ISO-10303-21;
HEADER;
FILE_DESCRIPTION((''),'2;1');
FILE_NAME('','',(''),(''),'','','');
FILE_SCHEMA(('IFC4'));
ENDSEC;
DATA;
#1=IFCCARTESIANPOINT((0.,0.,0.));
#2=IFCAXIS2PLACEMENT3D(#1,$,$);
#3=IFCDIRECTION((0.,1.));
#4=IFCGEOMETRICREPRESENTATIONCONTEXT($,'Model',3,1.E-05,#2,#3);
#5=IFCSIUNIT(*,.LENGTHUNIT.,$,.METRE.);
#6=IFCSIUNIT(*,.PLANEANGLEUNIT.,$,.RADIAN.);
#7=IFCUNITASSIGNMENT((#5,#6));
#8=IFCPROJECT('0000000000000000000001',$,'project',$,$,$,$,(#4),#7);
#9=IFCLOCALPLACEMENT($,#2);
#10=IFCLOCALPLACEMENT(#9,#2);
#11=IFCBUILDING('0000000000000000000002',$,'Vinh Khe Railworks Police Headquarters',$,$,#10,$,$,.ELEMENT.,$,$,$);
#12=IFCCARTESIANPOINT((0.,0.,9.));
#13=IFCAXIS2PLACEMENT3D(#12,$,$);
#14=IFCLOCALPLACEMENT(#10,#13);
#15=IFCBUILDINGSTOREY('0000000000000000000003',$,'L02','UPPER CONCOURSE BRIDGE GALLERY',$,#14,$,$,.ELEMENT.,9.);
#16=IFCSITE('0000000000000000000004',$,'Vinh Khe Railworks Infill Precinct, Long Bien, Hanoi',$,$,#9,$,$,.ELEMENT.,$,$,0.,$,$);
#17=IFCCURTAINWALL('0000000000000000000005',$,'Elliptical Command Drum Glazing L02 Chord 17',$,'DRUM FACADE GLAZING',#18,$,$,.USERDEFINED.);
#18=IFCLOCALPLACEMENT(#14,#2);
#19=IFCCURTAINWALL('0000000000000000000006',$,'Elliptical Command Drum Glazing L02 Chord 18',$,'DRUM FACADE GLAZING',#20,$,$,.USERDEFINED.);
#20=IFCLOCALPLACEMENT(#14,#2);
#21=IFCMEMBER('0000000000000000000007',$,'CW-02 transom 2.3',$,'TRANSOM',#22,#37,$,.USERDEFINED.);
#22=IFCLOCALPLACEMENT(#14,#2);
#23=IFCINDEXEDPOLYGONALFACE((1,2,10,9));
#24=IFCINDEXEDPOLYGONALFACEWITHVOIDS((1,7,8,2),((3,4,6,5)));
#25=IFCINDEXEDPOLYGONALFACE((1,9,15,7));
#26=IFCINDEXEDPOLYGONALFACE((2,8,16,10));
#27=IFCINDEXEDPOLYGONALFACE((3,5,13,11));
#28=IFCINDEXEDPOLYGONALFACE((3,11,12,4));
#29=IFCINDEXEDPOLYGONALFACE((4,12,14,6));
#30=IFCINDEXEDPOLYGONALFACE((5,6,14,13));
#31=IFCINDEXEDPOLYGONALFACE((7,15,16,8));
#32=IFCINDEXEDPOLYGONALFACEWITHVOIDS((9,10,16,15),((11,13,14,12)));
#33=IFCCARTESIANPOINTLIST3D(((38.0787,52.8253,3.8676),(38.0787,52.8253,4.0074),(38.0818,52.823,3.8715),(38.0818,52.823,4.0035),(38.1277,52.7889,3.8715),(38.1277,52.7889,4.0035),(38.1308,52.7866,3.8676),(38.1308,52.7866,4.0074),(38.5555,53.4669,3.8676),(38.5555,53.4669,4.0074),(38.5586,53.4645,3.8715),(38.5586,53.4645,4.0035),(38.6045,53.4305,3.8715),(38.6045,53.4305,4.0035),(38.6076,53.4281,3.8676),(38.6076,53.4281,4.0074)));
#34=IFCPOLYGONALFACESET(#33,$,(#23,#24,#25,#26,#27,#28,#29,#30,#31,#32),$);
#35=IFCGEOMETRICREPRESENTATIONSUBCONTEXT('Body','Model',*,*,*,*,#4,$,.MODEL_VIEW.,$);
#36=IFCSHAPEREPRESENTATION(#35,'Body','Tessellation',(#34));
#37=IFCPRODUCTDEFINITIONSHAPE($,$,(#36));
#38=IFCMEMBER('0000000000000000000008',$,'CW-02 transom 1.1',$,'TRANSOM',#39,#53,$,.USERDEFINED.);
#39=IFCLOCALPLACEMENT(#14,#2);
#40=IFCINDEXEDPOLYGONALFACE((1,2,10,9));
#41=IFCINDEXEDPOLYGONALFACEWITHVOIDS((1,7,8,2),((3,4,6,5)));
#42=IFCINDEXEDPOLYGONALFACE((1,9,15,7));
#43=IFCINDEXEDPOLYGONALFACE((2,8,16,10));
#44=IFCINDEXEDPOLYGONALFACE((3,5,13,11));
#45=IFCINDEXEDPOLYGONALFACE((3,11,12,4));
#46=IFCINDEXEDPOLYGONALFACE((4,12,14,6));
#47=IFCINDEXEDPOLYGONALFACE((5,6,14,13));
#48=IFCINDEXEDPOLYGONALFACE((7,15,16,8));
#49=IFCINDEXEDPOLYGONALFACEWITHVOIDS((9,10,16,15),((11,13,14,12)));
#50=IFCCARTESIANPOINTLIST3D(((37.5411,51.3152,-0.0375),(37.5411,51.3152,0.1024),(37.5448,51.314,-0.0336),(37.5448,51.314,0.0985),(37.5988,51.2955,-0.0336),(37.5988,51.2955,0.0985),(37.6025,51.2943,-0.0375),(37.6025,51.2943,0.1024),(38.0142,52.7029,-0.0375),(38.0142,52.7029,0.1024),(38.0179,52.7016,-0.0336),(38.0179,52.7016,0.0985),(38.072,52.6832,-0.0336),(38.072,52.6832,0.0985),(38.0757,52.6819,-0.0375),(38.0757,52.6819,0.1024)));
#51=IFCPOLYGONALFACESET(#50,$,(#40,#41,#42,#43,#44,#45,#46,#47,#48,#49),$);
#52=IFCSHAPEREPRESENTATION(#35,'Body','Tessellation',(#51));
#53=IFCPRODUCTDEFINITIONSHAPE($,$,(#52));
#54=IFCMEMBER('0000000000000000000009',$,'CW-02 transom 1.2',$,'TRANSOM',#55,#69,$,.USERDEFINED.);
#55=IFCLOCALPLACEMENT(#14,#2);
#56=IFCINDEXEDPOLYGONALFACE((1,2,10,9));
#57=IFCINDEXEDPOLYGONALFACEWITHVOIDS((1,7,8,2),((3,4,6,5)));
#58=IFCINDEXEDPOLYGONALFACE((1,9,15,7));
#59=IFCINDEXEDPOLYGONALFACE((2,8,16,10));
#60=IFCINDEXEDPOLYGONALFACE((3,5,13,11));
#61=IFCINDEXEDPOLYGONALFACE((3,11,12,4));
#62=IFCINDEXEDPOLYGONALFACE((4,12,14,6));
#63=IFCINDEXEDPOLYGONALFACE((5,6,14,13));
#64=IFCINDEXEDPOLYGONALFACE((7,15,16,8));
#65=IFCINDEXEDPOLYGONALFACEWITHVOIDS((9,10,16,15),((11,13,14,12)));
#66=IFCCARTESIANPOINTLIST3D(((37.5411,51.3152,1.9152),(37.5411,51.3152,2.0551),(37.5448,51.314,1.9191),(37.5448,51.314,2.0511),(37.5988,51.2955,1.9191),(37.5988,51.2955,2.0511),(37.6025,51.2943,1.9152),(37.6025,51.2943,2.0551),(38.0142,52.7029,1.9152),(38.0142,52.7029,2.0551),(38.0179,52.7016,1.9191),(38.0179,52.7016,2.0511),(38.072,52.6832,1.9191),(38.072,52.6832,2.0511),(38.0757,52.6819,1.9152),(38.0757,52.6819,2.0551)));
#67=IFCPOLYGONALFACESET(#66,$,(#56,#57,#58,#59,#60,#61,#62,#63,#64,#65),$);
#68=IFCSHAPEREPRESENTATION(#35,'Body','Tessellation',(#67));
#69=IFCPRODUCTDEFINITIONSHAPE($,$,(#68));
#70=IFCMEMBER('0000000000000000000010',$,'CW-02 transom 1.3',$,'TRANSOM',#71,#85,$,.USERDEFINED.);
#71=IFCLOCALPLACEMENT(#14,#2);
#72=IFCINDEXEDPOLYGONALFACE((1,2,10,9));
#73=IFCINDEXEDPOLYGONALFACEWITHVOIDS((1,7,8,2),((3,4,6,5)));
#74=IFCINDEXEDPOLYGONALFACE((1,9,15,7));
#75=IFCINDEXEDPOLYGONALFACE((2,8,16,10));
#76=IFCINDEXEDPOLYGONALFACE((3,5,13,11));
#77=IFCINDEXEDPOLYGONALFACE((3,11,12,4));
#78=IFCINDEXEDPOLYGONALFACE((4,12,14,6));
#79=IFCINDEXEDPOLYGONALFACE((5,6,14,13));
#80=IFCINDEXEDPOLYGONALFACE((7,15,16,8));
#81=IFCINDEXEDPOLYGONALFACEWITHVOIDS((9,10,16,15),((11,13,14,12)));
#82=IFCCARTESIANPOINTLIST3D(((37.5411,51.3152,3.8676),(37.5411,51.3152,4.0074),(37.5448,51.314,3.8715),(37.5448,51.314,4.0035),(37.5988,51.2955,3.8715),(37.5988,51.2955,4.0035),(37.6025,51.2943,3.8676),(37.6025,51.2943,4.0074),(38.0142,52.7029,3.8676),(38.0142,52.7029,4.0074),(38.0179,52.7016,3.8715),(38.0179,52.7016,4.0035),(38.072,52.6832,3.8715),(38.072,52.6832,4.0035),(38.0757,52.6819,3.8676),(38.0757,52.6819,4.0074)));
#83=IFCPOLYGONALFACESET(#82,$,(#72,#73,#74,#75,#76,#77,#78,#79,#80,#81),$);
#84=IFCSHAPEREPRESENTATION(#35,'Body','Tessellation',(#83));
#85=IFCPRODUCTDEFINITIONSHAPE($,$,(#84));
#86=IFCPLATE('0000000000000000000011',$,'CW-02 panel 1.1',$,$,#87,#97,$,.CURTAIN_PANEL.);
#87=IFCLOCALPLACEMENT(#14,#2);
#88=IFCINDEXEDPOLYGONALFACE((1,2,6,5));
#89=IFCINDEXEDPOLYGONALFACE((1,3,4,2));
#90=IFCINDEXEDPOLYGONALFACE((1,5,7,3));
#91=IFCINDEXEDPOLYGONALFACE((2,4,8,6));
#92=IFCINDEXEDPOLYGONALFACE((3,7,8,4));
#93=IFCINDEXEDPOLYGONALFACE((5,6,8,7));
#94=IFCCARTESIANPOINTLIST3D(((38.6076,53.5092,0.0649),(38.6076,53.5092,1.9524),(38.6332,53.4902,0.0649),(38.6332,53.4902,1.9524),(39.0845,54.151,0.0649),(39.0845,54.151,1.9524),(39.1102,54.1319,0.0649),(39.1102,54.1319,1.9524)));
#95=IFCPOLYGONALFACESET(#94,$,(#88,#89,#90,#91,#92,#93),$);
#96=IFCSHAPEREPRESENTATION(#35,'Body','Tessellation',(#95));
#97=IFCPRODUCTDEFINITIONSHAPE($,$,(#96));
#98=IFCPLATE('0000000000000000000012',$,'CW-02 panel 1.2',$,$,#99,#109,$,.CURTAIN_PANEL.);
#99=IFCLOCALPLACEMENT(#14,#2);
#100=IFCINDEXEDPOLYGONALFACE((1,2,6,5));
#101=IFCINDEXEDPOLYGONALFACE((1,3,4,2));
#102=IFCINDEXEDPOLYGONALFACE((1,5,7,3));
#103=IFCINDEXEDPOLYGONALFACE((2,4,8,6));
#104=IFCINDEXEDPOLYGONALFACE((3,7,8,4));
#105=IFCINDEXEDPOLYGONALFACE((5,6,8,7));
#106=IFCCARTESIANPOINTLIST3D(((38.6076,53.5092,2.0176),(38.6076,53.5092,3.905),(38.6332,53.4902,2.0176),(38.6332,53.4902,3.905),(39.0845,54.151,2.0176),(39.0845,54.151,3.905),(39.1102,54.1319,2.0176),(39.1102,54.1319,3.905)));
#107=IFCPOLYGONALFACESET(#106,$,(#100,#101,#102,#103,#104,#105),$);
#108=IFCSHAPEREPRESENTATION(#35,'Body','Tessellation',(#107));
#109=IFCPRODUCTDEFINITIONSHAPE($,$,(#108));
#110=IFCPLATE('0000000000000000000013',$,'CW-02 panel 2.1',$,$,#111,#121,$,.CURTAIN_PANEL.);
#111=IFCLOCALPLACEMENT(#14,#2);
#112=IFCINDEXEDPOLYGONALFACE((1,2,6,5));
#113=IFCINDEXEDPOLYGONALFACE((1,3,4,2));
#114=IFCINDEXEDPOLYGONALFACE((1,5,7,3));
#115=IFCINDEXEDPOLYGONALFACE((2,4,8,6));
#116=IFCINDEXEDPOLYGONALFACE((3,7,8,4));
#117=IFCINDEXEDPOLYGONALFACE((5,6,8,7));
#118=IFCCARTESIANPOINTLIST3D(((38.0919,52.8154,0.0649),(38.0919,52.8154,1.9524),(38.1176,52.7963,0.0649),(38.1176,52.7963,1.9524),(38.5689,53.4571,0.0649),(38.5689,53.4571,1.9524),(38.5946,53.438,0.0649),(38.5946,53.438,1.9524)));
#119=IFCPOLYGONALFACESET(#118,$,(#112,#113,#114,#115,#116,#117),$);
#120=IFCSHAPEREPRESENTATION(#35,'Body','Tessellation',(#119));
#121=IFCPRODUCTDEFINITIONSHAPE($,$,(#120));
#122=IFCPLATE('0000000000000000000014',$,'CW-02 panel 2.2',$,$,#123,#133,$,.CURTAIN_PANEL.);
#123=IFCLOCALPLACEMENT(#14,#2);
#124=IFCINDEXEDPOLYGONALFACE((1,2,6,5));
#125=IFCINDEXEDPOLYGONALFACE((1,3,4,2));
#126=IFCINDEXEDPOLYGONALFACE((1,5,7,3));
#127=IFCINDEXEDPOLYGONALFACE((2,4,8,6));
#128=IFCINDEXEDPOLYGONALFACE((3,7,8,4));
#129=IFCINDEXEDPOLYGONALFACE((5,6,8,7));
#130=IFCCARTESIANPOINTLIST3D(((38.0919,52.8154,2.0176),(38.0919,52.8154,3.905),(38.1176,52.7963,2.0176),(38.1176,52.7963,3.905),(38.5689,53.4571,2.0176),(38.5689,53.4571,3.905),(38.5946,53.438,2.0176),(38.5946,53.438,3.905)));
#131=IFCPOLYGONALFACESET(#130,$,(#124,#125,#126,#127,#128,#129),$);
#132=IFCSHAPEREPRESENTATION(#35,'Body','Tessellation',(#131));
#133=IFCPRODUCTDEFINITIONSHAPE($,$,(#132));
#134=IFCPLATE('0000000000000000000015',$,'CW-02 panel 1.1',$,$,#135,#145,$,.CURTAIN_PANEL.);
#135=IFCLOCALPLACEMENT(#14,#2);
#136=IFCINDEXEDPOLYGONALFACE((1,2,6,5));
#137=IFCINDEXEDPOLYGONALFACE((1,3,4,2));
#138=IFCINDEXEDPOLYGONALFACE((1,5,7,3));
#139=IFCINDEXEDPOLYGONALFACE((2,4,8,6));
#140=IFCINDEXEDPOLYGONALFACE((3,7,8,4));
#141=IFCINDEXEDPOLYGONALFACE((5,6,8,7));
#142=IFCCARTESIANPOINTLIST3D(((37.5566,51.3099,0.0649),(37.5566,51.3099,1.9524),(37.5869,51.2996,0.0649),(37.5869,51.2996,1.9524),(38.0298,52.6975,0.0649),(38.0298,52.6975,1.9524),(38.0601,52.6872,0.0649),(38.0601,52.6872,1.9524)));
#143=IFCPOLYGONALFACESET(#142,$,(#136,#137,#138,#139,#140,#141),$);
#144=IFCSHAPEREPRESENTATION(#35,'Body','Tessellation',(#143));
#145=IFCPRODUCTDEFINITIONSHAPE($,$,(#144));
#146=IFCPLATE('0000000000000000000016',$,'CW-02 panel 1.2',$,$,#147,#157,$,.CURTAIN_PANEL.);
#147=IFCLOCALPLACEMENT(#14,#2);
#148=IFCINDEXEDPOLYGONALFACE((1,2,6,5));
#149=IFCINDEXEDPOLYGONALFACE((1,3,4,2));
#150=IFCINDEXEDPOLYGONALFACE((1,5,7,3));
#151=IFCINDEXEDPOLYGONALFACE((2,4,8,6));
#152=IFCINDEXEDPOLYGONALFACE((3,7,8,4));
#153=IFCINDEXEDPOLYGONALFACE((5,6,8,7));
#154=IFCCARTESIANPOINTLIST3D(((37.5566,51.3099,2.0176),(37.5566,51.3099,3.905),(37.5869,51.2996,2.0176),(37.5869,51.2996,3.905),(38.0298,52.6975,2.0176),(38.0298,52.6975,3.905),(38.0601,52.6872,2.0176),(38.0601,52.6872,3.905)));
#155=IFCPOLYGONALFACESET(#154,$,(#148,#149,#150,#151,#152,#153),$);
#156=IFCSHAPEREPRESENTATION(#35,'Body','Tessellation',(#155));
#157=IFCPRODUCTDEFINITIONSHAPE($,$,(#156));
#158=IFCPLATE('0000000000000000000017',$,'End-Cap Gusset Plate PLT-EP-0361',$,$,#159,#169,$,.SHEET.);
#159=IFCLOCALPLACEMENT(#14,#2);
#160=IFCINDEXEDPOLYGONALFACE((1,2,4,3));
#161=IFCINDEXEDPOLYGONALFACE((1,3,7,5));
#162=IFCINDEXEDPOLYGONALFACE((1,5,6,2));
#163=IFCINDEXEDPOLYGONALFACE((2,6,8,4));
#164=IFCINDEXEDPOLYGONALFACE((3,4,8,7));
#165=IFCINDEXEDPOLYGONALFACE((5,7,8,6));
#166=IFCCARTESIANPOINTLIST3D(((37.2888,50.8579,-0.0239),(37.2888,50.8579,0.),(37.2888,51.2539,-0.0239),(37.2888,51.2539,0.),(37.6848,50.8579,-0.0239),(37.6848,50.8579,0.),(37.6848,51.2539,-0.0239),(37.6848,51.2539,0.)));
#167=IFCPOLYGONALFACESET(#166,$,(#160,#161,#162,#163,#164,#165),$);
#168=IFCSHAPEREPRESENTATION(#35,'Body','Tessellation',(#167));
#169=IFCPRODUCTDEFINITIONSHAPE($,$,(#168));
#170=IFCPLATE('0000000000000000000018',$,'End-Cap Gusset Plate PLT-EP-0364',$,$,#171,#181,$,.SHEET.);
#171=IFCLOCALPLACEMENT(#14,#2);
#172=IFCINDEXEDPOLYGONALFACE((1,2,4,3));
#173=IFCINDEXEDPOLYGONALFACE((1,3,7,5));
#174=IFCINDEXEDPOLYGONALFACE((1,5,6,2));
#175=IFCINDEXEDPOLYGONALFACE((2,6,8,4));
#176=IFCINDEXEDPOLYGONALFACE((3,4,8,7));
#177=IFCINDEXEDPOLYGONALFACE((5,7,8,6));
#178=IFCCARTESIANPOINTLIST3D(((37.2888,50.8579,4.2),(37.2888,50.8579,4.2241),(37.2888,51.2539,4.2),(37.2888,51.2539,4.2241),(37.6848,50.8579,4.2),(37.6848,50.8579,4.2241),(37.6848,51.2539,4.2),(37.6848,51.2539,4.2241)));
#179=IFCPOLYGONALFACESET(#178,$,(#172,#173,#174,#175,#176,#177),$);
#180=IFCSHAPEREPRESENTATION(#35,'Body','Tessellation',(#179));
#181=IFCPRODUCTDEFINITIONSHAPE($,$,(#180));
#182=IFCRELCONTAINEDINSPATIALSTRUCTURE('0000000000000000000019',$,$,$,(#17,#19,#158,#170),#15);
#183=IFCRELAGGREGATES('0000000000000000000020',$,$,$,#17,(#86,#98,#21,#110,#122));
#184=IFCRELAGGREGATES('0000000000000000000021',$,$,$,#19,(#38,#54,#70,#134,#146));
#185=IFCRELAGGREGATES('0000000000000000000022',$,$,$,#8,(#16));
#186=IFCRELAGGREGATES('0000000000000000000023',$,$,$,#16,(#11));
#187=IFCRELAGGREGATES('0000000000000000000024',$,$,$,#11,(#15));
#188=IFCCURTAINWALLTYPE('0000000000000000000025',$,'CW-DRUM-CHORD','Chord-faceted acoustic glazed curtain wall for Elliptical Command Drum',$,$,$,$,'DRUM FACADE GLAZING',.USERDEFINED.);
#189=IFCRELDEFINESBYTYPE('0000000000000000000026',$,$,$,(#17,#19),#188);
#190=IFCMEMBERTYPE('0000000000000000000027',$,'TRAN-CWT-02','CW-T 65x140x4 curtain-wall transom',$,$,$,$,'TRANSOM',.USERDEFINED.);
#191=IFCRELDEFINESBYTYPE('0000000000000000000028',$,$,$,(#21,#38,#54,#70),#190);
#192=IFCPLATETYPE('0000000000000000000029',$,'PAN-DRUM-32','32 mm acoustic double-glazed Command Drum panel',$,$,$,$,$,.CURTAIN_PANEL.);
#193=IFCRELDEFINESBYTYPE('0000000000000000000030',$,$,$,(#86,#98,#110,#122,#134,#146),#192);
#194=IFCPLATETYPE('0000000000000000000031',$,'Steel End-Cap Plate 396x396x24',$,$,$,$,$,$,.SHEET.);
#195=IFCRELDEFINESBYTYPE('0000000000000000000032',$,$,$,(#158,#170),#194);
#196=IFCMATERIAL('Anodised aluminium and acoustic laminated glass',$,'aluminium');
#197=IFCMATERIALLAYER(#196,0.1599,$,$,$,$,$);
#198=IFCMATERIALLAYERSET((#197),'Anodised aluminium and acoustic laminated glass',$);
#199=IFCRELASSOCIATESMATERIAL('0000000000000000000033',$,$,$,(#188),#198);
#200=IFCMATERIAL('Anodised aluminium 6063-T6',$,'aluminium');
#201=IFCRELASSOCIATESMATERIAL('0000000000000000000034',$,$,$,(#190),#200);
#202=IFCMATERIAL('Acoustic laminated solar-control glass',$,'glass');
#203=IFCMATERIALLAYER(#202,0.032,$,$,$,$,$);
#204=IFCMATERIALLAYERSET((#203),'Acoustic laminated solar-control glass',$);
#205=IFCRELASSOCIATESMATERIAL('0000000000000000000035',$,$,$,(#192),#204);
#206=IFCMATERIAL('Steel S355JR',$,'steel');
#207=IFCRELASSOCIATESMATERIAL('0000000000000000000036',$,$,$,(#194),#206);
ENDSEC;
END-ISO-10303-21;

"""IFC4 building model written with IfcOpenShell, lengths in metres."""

from ifc_helpers import new_model, si_unit, direction, frame, origin, origin_2d, place, context, subcontext, project, spatial, rectangle, hollow_rectangle, extrude, material, layer, layer_set, material_profile, profile_set, type_object, element, aggregate, save


model = new_model("IFC4")

# Units and contexts
model_context = context("Model", 3, precision=1e-05, world=origin(), true_north=direction((0.0, 1.0)))
body_context = subcontext(model_context, "Body", "Model", "MODEL_VIEW")
ifc_project = project(units=[si_unit("LENGTHUNIT", "METRE"), si_unit("PLANEANGLEUNIT", "RADIAN")], contexts=[model_context])

# Site, building, storey
site_placement = place(None, origin())
site = spatial("IfcSite", under=ifc_project, at=site_placement, Name="Vinh Khe Railworks Infill Precinct, Long Bien, Hanoi", CompositionType="ELEMENT", RefElevation=0.0)
building_placement = place(site_placement, origin())
building = spatial("IfcBuilding", under=site, at=building_placement, Name="Vinh Khe Railworks Police Headquarters", CompositionType="ELEMENT")
storey_placement = place(building_placement, frame((0.0, 0.0, 9.0)))
storey = spatial("IfcBuildingStorey", under=building, at=storey_placement, Name="L02", Description="UPPER CONCOURSE BRIDGE GALLERY", CompositionType="ELEMENT", Elevation=9.0)

# Shared definitions
ifc_material_1 = material(Name="Steel S355JR", Category="steel")

# Curtain walls
ifc_material_2 = material(Name="Anodised aluminium and acoustic laminated glass", Category="aluminium")
ifc_layer_1 = layer(ifc_material_2, 0.1599)
ifc_layer_set_1 = layer_set([ifc_layer_1], Name="Anodised aluminium and acoustic laminated glass")
curtain_wall_type = type_object("IfcCurtainWallType", Name="CW-DRUM-CHORD", Description="Chord-faceted acoustic glazed curtain wall for Elliptical Command Drum", ElementType="DRUM FACADE GLAZING", PredefinedType="USERDEFINED", material=ifc_layer_set_1)
curtain_wall_1_placement = place(storey_placement, origin())
curtain_wall_1 = element("IfcCurtainWall", 1, at=curtain_wall_1_placement, inside=storey, type_object=curtain_wall_type, Name="Elliptical Command Drum Glazing L02 Chord 17", ObjectType="DRUM FACADE GLAZING", PredefinedType="USERDEFINED")
ifc_material_3 = material(Name="Anodised aluminium 6063-T6", Category="aluminium")
curtain_wall_2_placement = place(storey_placement, origin())
curtain_wall_2 = element("IfcCurtainWall", 2, at=curtain_wall_2_placement, inside=storey, type_object=curtain_wall_type, Name="Elliptical Command Drum Glazing L02 Chord 18", ObjectType="DRUM FACADE GLAZING", PredefinedType="USERDEFINED")

# Members
ifc_material_profile_1 = material_profile(ifc_material_3, hollow_rectangle(XDim=0.0649, YDim=0.1399, WallThickness=0.0039, at=origin_2d()), Name="CW-T 65x140x4")
ifc_profile_set_1 = profile_set([ifc_material_profile_1], Name="Anodised aluminium 6063-T6")
member_type_1 = type_object("IfcMemberType", Name="TRAN-CWT-02", Description="CW-T 65x140x4 curtain-wall transom", ElementType="TRANSOM", PredefinedType="USERDEFINED", material=ifc_profile_set_1)
member_1_placement = place(storey_placement, frame((38.5815, 53.4475, 3.9375), z_axis=(-0.596476, -0.802631, 0.0), x_axis=(0.802631, -0.596476, 0.0)))
member_1 = element("IfcMember", 3, at=member_1_placement, type_object=member_type_1, Name="CW-02 transom 2.3", ObjectType="TRANSOM", PredefinedType="USERDEFINED", context=body_context, shape_type="SweptSolid", body=[
    extrude(hollow_rectangle(XDim=0.0649, YDim=0.1399, WallThickness=0.0039, at=origin_2d()), origin(), (0.0, 0.0, 1.0), 0.7993),
])
member_2_placement = place(storey_placement, frame((38.0449, 52.6924, 0.0325), z_axis=(-0.322715, -0.946496, 0.0), x_axis=(0.946496, -0.322715, 0.0)))
member_2 = element("IfcMember", 4, at=member_2_placement, type_object=member_type_1, Name="CW-02 transom 1.1", ObjectType="TRANSOM", PredefinedType="USERDEFINED", context=body_context, shape_type="SweptSolid", body=[
    extrude(hollow_rectangle(XDim=0.0649, YDim=0.1399, WallThickness=0.0039, at=origin_2d()), origin(), (0.0, 0.0, 1.0), 1.4661),
])
member_3_placement = place(storey_placement, frame((38.0449, 52.6924, 1.9851), z_axis=(-0.322715, -0.946496, 0.0), x_axis=(0.946496, -0.322715, 0.0)))
member_3 = element("IfcMember", 5, at=member_3_placement, type_object=member_type_1, Name="CW-02 transom 1.2", ObjectType="TRANSOM", PredefinedType="USERDEFINED", context=body_context, shape_type="SweptSolid", body=[
    extrude(hollow_rectangle(XDim=0.0649, YDim=0.1399, WallThickness=0.0039, at=origin_2d()), origin(), (0.0, 0.0, 1.0), 1.4661),
])
member_4_placement = place(storey_placement, frame((38.0449, 52.6924, 3.9375), z_axis=(-0.322715, -0.946496, 0.0), x_axis=(0.946496, -0.322715, 0.0)))
member_4 = element("IfcMember", 6, at=member_4_placement, type_object=member_type_1, Name="CW-02 transom 1.3", ObjectType="TRANSOM", PredefinedType="USERDEFINED", context=body_context, shape_type="SweptSolid", body=[
    extrude(hollow_rectangle(XDim=0.0649, YDim=0.1399, WallThickness=0.0039, at=origin_2d()), origin(), (0.0, 0.0, 1.0), 1.4661),
])

# Plates
ifc_material_4 = material(Name="Acoustic laminated solar-control glass", Category="glass")
ifc_layer_2 = layer(ifc_material_4, 0.032)
ifc_layer_set_2 = layer_set([ifc_layer_2], Name="Acoustic laminated solar-control glass")
plate_type_1 = type_object("IfcPlateType", Name="PAN-DRUM-32", Description="32 mm acoustic double-glazed Command Drum panel", PredefinedType="CURTAIN_PANEL", material=ifc_layer_set_2)
plate_1_placement = place(storey_placement, frame((38.8589, 53.8206, 0.0649), z_axis=(0.0, 0.0, 1.0), x_axis=(-0.596528, -0.802592, 0.0)))
plate_1 = element("IfcPlate", 7, at=plate_1_placement, type_object=plate_type_1, Name="CW-02 panel 1.1", PredefinedType="CURTAIN_PANEL", context=body_context, shape_type="SweptSolid", body=[
    extrude(rectangle(XDim=0.7996, YDim=0.032, at=origin_2d()), origin(), (0.0, 0.0, 1.0), 1.8875),
])
plate_2_placement = place(storey_placement, frame((38.8589, 53.8206, 2.0176), z_axis=(0.0, 0.0, 1.0), x_axis=(-0.596528, -0.802592, 0.0)))
plate_2 = element("IfcPlate", 8, at=plate_2_placement, type_object=plate_type_1, Name="CW-02 panel 1.2", PredefinedType="CURTAIN_PANEL", context=body_context, shape_type="SweptSolid", body=[
    extrude(rectangle(XDim=0.7996, YDim=0.032, at=origin_2d()), origin(), (0.0, 0.0, 1.0), 1.8875),
])
plate_3_placement = place(storey_placement, frame((38.3433, 53.1267, 0.0649), z_axis=(0.0, 0.0, 1.0), x_axis=(-0.596528, -0.802592, 0.0)))
plate_3 = element("IfcPlate", 9, at=plate_3_placement, type_object=plate_type_1, Name="CW-02 panel 2.1", PredefinedType="CURTAIN_PANEL", context=body_context, shape_type="SweptSolid", body=[
    extrude(rectangle(XDim=0.7996, YDim=0.032, at=origin_2d()), origin(), (0.0, 0.0, 1.0), 1.8875),
])
plate_4_placement = place(storey_placement, frame((38.3433, 53.1267, 2.0176), z_axis=(0.0, 0.0, 1.0), x_axis=(-0.596528, -0.802592, 0.0)))
plate_4 = element("IfcPlate", 10, at=plate_4_placement, type_object=plate_type_1, Name="CW-02 panel 2.2", PredefinedType="CURTAIN_PANEL", context=body_context, shape_type="SweptSolid", body=[
    extrude(rectangle(XDim=0.7996, YDim=0.032, at=origin_2d()), origin(), (0.0, 0.0, 1.0), 1.8875),
])
aggregate(curtain_wall_1, [plate_1, plate_2, member_1, plate_3, plate_4])
plate_5_placement = place(storey_placement, frame((37.8083, 51.9985, 0.0649), z_axis=(0.0, 0.0, 1.0), x_axis=(-0.322746, -0.946486, 0.0)))
plate_5 = element("IfcPlate", 11, at=plate_5_placement, type_object=plate_type_1, Name="CW-02 panel 1.1", PredefinedType="CURTAIN_PANEL", context=body_context, shape_type="SweptSolid", body=[
    extrude(rectangle(XDim=1.4661, YDim=0.032, at=origin_2d()), origin(), (0.0, 0.0, 1.0), 1.8875),
])
plate_6_placement = place(storey_placement, frame((37.8083, 51.9985, 2.0176), z_axis=(0.0, 0.0, 1.0), x_axis=(-0.322746, -0.946486, 0.0)))
plate_6 = element("IfcPlate", 12, at=plate_6_placement, type_object=plate_type_1, Name="CW-02 panel 1.2", PredefinedType="CURTAIN_PANEL", context=body_context, shape_type="SweptSolid", body=[
    extrude(rectangle(XDim=1.4661, YDim=0.032, at=origin_2d()), origin(), (0.0, 0.0, 1.0), 1.8875),
])
aggregate(curtain_wall_2, [member_2, member_3, member_4, plate_5, plate_6])

# Plates
ifc_material_profile_2 = material_profile(ifc_material_1, rectangle(XDim=0.396, YDim=0.396, at=origin_2d()), Name="PL 396x396")
ifc_profile_set_2 = profile_set([ifc_material_profile_2], Name="Steel S355JR")
plate_type_2 = type_object("IfcPlateType", Name="Steel End-Cap Plate 396x396x24", PredefinedType="SHEET", material=ifc_profile_set_2)
plate_7_placement = place(storey_placement, frame((37.4868, 51.0559, 0.0), z_axis=(0.0, 0.0, -1.0), x_axis=(1.0, 0.0, 0.0)))
element("IfcPlate", 13, at=plate_7_placement, inside=storey, type_object=plate_type_2, Name="End-Cap Gusset Plate PLT-EP-0361", PredefinedType="SHEET", context=body_context, shape_type="SweptSolid", body=[
    extrude(rectangle(XDim=0.396, YDim=0.396, at=origin_2d()), origin(), (0.0, 0.0, 1.0), 0.0239),
])
plate_8_placement = place(storey_placement, frame((37.4868, 51.0559, 4.2), z_axis=(0.0, 0.0, 1.0), x_axis=(1.0, 0.0, 0.0)))
element("IfcPlate", 14, at=plate_8_placement, inside=storey, type_object=plate_type_2, Name="End-Cap Gusset Plate PLT-EP-0364", PredefinedType="SHEET", context=body_context, shape_type="SweptSolid", body=[
    extrude(rectangle(XDim=0.396, YDim=0.396, at=origin_2d()), origin(), (0.0, 0.0, 1.0), 0.0242),
])

save(model, "model.ifc")
